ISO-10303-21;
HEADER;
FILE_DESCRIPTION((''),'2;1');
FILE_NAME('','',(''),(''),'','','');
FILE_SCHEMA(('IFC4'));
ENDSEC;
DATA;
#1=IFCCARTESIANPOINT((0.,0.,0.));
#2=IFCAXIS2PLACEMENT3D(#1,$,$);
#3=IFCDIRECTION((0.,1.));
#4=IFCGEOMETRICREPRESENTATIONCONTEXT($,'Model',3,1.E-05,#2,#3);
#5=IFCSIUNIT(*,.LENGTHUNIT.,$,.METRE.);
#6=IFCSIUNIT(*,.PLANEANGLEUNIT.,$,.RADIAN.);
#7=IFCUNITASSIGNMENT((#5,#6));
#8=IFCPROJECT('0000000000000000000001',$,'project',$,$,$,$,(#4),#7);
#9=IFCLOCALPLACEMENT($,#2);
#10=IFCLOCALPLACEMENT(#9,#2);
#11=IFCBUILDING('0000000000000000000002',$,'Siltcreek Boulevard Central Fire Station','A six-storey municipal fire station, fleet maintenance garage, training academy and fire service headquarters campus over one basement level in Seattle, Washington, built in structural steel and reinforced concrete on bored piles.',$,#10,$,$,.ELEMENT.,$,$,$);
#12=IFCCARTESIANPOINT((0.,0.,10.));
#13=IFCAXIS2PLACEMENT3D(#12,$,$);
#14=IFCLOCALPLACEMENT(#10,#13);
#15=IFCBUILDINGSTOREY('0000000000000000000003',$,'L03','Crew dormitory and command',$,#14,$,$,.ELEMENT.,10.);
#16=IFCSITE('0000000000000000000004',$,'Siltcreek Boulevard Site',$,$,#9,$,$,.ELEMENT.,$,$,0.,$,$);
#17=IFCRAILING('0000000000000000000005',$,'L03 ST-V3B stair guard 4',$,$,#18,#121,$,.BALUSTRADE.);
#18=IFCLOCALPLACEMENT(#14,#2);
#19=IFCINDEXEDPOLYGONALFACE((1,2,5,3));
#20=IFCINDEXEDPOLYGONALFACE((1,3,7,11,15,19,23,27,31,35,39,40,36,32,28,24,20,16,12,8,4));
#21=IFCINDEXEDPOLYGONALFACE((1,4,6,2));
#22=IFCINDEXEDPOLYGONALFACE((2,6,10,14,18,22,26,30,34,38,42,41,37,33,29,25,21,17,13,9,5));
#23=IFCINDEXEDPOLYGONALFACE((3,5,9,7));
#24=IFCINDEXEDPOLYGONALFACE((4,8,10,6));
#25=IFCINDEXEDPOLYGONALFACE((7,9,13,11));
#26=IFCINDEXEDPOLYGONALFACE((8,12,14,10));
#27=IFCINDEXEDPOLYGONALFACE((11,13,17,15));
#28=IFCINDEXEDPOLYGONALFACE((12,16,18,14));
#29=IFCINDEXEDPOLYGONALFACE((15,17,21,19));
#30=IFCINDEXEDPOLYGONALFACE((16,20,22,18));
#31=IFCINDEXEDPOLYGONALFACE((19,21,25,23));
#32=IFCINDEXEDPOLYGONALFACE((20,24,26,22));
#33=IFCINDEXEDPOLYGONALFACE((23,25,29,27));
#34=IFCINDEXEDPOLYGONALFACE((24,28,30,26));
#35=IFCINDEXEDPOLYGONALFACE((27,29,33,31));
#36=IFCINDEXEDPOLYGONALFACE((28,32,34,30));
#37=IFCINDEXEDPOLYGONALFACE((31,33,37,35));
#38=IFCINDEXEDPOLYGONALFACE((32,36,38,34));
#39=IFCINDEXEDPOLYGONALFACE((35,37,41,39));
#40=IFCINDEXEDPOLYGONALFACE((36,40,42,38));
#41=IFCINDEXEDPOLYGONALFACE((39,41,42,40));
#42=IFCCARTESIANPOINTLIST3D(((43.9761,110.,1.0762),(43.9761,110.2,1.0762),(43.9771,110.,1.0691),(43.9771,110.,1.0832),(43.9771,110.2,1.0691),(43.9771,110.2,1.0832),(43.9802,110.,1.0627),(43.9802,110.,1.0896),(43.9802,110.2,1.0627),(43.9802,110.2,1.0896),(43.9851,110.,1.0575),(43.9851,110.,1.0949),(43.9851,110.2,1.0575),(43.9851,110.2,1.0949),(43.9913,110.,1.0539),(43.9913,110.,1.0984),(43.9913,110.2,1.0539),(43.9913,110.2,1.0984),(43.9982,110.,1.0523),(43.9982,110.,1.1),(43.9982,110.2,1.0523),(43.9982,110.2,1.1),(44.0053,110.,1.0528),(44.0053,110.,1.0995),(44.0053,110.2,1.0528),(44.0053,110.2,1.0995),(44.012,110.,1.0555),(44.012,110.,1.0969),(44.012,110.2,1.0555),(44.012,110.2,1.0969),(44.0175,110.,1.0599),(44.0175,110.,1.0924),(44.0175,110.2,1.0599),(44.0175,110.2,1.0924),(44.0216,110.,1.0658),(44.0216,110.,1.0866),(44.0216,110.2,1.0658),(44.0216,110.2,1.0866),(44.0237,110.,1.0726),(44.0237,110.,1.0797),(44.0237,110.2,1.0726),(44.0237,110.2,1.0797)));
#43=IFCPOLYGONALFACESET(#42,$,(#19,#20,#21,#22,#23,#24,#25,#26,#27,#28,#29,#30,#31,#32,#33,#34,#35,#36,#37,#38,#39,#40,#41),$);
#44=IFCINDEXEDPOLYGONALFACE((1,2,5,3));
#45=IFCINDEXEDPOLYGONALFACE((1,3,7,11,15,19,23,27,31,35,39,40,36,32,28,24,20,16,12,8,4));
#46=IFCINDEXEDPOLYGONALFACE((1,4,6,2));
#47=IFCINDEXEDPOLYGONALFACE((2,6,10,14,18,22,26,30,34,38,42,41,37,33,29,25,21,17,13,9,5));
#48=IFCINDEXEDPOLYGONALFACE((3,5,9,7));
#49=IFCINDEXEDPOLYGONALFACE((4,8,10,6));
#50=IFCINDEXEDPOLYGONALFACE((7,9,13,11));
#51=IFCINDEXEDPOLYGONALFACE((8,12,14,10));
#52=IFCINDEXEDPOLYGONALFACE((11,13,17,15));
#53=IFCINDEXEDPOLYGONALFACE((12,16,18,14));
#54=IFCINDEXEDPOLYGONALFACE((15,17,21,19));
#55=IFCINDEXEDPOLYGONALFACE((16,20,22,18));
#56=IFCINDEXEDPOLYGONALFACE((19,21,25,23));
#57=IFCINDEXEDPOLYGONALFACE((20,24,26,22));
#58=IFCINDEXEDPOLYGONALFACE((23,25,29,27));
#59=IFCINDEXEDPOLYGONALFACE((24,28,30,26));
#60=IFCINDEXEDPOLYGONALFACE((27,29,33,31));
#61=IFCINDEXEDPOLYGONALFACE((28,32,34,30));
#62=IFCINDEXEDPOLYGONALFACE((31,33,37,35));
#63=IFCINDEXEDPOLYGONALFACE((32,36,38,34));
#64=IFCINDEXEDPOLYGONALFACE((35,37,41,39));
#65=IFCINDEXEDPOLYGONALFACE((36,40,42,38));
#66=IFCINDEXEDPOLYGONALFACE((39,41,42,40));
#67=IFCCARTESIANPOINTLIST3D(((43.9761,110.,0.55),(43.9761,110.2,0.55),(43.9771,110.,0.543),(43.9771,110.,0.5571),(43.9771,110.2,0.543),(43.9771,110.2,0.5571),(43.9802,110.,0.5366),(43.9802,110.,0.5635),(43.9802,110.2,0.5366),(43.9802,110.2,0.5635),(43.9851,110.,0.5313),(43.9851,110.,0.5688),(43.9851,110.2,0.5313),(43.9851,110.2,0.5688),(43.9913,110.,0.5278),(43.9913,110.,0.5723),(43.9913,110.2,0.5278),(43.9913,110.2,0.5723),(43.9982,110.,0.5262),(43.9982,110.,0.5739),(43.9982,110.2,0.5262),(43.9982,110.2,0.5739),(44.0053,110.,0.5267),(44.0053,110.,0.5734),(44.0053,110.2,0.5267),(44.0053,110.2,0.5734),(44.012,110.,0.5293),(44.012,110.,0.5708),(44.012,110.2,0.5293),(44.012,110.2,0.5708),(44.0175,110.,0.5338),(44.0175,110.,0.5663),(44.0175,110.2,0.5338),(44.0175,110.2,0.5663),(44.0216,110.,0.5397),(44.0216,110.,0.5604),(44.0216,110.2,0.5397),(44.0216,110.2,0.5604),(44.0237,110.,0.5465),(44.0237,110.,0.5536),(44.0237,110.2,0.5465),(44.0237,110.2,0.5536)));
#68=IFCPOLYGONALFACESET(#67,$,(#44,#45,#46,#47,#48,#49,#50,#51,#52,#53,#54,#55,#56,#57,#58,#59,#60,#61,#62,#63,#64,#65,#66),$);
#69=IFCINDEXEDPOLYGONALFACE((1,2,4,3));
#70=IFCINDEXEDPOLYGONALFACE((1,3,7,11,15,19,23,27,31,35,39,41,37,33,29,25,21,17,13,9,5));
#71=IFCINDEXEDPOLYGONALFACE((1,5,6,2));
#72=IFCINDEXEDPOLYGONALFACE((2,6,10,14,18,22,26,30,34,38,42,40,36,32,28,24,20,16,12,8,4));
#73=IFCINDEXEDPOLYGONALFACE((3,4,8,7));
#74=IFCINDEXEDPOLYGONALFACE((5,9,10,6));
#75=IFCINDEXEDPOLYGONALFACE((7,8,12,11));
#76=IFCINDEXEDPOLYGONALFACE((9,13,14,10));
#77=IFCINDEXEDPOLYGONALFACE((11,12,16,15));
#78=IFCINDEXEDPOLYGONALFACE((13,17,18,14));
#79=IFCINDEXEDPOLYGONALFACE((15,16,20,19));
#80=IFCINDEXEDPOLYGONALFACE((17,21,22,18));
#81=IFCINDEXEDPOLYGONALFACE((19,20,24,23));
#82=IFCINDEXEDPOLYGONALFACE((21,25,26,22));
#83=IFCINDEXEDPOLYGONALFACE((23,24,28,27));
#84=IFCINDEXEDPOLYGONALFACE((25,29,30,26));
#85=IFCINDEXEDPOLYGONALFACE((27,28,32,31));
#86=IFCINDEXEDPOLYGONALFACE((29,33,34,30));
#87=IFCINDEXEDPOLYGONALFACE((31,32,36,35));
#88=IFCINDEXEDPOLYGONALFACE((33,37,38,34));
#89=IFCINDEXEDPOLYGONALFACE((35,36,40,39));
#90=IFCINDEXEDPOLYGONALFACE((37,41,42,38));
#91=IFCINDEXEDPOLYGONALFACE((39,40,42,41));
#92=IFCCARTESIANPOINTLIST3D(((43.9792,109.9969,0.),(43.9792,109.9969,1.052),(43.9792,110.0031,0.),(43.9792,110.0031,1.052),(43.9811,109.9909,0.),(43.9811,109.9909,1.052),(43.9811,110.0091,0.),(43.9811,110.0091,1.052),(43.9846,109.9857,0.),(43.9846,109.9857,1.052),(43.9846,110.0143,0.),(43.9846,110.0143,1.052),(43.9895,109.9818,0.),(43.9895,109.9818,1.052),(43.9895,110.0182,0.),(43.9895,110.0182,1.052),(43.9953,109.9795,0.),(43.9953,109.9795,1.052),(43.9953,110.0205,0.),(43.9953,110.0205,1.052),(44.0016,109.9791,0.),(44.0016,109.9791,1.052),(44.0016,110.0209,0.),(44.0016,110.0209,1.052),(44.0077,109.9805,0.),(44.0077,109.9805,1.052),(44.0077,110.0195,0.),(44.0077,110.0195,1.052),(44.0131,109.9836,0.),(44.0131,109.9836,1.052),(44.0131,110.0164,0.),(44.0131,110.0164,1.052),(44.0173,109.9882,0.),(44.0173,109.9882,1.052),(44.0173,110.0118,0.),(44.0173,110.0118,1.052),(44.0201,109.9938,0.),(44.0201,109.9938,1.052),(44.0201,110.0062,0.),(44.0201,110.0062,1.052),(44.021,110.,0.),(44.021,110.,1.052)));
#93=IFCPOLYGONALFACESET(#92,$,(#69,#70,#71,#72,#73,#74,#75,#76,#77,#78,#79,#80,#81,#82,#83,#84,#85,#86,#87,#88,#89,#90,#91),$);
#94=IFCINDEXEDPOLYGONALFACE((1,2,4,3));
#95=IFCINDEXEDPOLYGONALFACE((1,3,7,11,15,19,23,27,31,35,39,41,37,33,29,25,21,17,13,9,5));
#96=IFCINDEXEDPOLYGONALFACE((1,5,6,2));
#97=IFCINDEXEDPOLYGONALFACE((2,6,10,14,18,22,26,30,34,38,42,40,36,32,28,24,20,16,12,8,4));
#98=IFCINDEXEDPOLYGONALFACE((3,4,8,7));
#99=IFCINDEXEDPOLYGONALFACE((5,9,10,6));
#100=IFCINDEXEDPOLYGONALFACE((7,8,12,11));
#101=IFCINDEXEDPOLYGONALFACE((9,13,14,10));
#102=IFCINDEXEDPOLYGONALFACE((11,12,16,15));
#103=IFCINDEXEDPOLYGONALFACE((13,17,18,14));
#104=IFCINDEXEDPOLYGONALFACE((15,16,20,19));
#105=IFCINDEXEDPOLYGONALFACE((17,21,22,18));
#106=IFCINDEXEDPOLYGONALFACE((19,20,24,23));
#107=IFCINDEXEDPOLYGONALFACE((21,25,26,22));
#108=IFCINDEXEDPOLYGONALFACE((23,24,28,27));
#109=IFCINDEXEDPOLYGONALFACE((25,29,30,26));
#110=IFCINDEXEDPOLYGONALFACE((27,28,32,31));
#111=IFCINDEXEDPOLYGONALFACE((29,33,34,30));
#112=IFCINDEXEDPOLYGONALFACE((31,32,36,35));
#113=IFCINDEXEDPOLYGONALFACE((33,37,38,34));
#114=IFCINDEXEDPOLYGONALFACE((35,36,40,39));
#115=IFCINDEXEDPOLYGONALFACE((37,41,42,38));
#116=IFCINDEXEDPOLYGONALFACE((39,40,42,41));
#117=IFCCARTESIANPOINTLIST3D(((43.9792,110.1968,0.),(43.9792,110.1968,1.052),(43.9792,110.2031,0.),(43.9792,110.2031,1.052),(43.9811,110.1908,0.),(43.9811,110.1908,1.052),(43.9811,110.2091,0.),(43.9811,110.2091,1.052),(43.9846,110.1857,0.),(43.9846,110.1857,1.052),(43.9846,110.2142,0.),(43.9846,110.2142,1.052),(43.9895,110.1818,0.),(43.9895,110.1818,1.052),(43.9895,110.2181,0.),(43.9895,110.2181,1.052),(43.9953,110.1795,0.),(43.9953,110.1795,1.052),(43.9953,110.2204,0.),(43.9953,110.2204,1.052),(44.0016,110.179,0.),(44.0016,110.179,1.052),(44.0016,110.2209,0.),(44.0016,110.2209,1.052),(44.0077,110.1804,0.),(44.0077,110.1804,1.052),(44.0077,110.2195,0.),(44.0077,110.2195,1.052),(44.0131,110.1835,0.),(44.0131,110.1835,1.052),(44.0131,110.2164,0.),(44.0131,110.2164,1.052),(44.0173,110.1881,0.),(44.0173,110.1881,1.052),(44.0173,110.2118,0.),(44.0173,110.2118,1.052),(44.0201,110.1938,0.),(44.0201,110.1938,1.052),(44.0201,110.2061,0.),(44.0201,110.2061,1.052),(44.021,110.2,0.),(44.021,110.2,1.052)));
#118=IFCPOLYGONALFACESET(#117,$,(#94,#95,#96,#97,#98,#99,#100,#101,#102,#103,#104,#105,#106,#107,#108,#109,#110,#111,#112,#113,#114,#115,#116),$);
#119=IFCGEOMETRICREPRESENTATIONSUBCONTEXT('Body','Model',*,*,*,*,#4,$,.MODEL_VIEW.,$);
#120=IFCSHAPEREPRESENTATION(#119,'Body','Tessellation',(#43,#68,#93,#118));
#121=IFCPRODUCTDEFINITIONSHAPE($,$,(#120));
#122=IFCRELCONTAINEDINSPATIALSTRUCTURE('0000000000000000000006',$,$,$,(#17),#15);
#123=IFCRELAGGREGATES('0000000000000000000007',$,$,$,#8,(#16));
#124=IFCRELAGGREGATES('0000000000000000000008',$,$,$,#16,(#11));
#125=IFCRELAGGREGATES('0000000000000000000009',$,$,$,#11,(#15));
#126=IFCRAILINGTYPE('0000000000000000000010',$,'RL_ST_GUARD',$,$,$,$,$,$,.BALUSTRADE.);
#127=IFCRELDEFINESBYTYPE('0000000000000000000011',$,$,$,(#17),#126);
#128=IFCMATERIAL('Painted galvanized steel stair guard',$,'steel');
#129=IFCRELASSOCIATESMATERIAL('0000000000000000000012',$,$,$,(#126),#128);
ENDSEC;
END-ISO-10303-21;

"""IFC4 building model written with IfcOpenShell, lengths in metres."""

from ifc_helpers import new_model, si_unit, direction, frame, origin, origin_2d, place, context, subcontext, project, spatial, circle, extrude, material, type_object, element, save


model = new_model("IFC4")

# Units and contexts
model_context = context("Model", 3, precision=1e-05, world=origin(), true_north=direction((0.0, 1.0)))
body_context = subcontext(model_context, "Body", "Model", "MODEL_VIEW")
ifc_project = project(units=[si_unit("LENGTHUNIT", "METRE"), si_unit("PLANEANGLEUNIT", "RADIAN")], contexts=[model_context])

# Site, building, storey
site_placement = place(None, origin())
site = spatial("IfcSite", under=ifc_project, at=site_placement, Name="Siltcreek Boulevard Site", CompositionType="ELEMENT", RefElevation=0.0)
building_placement = place(site_placement, origin())
building = spatial("IfcBuilding", under=site, at=building_placement, Name="Siltcreek Boulevard Central Fire Station", Description="A six-storey municipal fire station, fleet maintenance garage, training academy and fire service headquarters campus over one basement level in Seattle, Washington, built in structural steel and reinforced concrete on bored piles.", CompositionType="ELEMENT")
storey_placement = place(building_placement, frame((0.0, 0.0, 10.0)))
storey = spatial("IfcBuildingStorey", under=building, at=storey_placement, Name="L03", Description="Crew dormitory and command", CompositionType="ELEMENT", Elevation=10.0)

# Railing
ifc_material_1 = material(Name="Painted galvanized steel stair guard", Category="steel")
railing_type = type_object("IfcRailingType", Name="RL_ST_GUARD", PredefinedType="BALUSTRADE", material=ifc_material_1)
railing_1_placement = place(storey_placement, frame((44.0, 110.0, 0.0)))
element("IfcRailing", 1, at=railing_1_placement, inside=storey, type_object=railing_type, Name="L03 ST-V3B stair guard 4", PredefinedType="BALUSTRADE", context=body_context, shape_type="SweptSolid", body=[
    extrude(circle(Radius=0.0239, at=origin_2d()), frame((0.0, 0.0, 1.0762), z_axis=(0.0, 1.0, 0.0), x_axis=(-1.0, 0.0, 0.0)), (0.0, 0.0, 1.0), 0.2),
    extrude(circle(Radius=0.0239, at=origin_2d()), frame((0.0, 0.0, 0.55), z_axis=(0.0, 1.0, 0.0), x_axis=(-1.0, 0.0, 0.0)), (0.0, 0.0, 1.0), 0.2),
    extrude(circle(Radius=0.021, at=origin_2d()), origin(), (0.0, 0.0, 1.0), 1.052),
    extrude(circle(Radius=0.021, at=origin_2d()), frame((0.0, 0.2, 0.0)), (0.0, 0.0, 1.0), 1.052),
])

save(model, "model.ifc")
